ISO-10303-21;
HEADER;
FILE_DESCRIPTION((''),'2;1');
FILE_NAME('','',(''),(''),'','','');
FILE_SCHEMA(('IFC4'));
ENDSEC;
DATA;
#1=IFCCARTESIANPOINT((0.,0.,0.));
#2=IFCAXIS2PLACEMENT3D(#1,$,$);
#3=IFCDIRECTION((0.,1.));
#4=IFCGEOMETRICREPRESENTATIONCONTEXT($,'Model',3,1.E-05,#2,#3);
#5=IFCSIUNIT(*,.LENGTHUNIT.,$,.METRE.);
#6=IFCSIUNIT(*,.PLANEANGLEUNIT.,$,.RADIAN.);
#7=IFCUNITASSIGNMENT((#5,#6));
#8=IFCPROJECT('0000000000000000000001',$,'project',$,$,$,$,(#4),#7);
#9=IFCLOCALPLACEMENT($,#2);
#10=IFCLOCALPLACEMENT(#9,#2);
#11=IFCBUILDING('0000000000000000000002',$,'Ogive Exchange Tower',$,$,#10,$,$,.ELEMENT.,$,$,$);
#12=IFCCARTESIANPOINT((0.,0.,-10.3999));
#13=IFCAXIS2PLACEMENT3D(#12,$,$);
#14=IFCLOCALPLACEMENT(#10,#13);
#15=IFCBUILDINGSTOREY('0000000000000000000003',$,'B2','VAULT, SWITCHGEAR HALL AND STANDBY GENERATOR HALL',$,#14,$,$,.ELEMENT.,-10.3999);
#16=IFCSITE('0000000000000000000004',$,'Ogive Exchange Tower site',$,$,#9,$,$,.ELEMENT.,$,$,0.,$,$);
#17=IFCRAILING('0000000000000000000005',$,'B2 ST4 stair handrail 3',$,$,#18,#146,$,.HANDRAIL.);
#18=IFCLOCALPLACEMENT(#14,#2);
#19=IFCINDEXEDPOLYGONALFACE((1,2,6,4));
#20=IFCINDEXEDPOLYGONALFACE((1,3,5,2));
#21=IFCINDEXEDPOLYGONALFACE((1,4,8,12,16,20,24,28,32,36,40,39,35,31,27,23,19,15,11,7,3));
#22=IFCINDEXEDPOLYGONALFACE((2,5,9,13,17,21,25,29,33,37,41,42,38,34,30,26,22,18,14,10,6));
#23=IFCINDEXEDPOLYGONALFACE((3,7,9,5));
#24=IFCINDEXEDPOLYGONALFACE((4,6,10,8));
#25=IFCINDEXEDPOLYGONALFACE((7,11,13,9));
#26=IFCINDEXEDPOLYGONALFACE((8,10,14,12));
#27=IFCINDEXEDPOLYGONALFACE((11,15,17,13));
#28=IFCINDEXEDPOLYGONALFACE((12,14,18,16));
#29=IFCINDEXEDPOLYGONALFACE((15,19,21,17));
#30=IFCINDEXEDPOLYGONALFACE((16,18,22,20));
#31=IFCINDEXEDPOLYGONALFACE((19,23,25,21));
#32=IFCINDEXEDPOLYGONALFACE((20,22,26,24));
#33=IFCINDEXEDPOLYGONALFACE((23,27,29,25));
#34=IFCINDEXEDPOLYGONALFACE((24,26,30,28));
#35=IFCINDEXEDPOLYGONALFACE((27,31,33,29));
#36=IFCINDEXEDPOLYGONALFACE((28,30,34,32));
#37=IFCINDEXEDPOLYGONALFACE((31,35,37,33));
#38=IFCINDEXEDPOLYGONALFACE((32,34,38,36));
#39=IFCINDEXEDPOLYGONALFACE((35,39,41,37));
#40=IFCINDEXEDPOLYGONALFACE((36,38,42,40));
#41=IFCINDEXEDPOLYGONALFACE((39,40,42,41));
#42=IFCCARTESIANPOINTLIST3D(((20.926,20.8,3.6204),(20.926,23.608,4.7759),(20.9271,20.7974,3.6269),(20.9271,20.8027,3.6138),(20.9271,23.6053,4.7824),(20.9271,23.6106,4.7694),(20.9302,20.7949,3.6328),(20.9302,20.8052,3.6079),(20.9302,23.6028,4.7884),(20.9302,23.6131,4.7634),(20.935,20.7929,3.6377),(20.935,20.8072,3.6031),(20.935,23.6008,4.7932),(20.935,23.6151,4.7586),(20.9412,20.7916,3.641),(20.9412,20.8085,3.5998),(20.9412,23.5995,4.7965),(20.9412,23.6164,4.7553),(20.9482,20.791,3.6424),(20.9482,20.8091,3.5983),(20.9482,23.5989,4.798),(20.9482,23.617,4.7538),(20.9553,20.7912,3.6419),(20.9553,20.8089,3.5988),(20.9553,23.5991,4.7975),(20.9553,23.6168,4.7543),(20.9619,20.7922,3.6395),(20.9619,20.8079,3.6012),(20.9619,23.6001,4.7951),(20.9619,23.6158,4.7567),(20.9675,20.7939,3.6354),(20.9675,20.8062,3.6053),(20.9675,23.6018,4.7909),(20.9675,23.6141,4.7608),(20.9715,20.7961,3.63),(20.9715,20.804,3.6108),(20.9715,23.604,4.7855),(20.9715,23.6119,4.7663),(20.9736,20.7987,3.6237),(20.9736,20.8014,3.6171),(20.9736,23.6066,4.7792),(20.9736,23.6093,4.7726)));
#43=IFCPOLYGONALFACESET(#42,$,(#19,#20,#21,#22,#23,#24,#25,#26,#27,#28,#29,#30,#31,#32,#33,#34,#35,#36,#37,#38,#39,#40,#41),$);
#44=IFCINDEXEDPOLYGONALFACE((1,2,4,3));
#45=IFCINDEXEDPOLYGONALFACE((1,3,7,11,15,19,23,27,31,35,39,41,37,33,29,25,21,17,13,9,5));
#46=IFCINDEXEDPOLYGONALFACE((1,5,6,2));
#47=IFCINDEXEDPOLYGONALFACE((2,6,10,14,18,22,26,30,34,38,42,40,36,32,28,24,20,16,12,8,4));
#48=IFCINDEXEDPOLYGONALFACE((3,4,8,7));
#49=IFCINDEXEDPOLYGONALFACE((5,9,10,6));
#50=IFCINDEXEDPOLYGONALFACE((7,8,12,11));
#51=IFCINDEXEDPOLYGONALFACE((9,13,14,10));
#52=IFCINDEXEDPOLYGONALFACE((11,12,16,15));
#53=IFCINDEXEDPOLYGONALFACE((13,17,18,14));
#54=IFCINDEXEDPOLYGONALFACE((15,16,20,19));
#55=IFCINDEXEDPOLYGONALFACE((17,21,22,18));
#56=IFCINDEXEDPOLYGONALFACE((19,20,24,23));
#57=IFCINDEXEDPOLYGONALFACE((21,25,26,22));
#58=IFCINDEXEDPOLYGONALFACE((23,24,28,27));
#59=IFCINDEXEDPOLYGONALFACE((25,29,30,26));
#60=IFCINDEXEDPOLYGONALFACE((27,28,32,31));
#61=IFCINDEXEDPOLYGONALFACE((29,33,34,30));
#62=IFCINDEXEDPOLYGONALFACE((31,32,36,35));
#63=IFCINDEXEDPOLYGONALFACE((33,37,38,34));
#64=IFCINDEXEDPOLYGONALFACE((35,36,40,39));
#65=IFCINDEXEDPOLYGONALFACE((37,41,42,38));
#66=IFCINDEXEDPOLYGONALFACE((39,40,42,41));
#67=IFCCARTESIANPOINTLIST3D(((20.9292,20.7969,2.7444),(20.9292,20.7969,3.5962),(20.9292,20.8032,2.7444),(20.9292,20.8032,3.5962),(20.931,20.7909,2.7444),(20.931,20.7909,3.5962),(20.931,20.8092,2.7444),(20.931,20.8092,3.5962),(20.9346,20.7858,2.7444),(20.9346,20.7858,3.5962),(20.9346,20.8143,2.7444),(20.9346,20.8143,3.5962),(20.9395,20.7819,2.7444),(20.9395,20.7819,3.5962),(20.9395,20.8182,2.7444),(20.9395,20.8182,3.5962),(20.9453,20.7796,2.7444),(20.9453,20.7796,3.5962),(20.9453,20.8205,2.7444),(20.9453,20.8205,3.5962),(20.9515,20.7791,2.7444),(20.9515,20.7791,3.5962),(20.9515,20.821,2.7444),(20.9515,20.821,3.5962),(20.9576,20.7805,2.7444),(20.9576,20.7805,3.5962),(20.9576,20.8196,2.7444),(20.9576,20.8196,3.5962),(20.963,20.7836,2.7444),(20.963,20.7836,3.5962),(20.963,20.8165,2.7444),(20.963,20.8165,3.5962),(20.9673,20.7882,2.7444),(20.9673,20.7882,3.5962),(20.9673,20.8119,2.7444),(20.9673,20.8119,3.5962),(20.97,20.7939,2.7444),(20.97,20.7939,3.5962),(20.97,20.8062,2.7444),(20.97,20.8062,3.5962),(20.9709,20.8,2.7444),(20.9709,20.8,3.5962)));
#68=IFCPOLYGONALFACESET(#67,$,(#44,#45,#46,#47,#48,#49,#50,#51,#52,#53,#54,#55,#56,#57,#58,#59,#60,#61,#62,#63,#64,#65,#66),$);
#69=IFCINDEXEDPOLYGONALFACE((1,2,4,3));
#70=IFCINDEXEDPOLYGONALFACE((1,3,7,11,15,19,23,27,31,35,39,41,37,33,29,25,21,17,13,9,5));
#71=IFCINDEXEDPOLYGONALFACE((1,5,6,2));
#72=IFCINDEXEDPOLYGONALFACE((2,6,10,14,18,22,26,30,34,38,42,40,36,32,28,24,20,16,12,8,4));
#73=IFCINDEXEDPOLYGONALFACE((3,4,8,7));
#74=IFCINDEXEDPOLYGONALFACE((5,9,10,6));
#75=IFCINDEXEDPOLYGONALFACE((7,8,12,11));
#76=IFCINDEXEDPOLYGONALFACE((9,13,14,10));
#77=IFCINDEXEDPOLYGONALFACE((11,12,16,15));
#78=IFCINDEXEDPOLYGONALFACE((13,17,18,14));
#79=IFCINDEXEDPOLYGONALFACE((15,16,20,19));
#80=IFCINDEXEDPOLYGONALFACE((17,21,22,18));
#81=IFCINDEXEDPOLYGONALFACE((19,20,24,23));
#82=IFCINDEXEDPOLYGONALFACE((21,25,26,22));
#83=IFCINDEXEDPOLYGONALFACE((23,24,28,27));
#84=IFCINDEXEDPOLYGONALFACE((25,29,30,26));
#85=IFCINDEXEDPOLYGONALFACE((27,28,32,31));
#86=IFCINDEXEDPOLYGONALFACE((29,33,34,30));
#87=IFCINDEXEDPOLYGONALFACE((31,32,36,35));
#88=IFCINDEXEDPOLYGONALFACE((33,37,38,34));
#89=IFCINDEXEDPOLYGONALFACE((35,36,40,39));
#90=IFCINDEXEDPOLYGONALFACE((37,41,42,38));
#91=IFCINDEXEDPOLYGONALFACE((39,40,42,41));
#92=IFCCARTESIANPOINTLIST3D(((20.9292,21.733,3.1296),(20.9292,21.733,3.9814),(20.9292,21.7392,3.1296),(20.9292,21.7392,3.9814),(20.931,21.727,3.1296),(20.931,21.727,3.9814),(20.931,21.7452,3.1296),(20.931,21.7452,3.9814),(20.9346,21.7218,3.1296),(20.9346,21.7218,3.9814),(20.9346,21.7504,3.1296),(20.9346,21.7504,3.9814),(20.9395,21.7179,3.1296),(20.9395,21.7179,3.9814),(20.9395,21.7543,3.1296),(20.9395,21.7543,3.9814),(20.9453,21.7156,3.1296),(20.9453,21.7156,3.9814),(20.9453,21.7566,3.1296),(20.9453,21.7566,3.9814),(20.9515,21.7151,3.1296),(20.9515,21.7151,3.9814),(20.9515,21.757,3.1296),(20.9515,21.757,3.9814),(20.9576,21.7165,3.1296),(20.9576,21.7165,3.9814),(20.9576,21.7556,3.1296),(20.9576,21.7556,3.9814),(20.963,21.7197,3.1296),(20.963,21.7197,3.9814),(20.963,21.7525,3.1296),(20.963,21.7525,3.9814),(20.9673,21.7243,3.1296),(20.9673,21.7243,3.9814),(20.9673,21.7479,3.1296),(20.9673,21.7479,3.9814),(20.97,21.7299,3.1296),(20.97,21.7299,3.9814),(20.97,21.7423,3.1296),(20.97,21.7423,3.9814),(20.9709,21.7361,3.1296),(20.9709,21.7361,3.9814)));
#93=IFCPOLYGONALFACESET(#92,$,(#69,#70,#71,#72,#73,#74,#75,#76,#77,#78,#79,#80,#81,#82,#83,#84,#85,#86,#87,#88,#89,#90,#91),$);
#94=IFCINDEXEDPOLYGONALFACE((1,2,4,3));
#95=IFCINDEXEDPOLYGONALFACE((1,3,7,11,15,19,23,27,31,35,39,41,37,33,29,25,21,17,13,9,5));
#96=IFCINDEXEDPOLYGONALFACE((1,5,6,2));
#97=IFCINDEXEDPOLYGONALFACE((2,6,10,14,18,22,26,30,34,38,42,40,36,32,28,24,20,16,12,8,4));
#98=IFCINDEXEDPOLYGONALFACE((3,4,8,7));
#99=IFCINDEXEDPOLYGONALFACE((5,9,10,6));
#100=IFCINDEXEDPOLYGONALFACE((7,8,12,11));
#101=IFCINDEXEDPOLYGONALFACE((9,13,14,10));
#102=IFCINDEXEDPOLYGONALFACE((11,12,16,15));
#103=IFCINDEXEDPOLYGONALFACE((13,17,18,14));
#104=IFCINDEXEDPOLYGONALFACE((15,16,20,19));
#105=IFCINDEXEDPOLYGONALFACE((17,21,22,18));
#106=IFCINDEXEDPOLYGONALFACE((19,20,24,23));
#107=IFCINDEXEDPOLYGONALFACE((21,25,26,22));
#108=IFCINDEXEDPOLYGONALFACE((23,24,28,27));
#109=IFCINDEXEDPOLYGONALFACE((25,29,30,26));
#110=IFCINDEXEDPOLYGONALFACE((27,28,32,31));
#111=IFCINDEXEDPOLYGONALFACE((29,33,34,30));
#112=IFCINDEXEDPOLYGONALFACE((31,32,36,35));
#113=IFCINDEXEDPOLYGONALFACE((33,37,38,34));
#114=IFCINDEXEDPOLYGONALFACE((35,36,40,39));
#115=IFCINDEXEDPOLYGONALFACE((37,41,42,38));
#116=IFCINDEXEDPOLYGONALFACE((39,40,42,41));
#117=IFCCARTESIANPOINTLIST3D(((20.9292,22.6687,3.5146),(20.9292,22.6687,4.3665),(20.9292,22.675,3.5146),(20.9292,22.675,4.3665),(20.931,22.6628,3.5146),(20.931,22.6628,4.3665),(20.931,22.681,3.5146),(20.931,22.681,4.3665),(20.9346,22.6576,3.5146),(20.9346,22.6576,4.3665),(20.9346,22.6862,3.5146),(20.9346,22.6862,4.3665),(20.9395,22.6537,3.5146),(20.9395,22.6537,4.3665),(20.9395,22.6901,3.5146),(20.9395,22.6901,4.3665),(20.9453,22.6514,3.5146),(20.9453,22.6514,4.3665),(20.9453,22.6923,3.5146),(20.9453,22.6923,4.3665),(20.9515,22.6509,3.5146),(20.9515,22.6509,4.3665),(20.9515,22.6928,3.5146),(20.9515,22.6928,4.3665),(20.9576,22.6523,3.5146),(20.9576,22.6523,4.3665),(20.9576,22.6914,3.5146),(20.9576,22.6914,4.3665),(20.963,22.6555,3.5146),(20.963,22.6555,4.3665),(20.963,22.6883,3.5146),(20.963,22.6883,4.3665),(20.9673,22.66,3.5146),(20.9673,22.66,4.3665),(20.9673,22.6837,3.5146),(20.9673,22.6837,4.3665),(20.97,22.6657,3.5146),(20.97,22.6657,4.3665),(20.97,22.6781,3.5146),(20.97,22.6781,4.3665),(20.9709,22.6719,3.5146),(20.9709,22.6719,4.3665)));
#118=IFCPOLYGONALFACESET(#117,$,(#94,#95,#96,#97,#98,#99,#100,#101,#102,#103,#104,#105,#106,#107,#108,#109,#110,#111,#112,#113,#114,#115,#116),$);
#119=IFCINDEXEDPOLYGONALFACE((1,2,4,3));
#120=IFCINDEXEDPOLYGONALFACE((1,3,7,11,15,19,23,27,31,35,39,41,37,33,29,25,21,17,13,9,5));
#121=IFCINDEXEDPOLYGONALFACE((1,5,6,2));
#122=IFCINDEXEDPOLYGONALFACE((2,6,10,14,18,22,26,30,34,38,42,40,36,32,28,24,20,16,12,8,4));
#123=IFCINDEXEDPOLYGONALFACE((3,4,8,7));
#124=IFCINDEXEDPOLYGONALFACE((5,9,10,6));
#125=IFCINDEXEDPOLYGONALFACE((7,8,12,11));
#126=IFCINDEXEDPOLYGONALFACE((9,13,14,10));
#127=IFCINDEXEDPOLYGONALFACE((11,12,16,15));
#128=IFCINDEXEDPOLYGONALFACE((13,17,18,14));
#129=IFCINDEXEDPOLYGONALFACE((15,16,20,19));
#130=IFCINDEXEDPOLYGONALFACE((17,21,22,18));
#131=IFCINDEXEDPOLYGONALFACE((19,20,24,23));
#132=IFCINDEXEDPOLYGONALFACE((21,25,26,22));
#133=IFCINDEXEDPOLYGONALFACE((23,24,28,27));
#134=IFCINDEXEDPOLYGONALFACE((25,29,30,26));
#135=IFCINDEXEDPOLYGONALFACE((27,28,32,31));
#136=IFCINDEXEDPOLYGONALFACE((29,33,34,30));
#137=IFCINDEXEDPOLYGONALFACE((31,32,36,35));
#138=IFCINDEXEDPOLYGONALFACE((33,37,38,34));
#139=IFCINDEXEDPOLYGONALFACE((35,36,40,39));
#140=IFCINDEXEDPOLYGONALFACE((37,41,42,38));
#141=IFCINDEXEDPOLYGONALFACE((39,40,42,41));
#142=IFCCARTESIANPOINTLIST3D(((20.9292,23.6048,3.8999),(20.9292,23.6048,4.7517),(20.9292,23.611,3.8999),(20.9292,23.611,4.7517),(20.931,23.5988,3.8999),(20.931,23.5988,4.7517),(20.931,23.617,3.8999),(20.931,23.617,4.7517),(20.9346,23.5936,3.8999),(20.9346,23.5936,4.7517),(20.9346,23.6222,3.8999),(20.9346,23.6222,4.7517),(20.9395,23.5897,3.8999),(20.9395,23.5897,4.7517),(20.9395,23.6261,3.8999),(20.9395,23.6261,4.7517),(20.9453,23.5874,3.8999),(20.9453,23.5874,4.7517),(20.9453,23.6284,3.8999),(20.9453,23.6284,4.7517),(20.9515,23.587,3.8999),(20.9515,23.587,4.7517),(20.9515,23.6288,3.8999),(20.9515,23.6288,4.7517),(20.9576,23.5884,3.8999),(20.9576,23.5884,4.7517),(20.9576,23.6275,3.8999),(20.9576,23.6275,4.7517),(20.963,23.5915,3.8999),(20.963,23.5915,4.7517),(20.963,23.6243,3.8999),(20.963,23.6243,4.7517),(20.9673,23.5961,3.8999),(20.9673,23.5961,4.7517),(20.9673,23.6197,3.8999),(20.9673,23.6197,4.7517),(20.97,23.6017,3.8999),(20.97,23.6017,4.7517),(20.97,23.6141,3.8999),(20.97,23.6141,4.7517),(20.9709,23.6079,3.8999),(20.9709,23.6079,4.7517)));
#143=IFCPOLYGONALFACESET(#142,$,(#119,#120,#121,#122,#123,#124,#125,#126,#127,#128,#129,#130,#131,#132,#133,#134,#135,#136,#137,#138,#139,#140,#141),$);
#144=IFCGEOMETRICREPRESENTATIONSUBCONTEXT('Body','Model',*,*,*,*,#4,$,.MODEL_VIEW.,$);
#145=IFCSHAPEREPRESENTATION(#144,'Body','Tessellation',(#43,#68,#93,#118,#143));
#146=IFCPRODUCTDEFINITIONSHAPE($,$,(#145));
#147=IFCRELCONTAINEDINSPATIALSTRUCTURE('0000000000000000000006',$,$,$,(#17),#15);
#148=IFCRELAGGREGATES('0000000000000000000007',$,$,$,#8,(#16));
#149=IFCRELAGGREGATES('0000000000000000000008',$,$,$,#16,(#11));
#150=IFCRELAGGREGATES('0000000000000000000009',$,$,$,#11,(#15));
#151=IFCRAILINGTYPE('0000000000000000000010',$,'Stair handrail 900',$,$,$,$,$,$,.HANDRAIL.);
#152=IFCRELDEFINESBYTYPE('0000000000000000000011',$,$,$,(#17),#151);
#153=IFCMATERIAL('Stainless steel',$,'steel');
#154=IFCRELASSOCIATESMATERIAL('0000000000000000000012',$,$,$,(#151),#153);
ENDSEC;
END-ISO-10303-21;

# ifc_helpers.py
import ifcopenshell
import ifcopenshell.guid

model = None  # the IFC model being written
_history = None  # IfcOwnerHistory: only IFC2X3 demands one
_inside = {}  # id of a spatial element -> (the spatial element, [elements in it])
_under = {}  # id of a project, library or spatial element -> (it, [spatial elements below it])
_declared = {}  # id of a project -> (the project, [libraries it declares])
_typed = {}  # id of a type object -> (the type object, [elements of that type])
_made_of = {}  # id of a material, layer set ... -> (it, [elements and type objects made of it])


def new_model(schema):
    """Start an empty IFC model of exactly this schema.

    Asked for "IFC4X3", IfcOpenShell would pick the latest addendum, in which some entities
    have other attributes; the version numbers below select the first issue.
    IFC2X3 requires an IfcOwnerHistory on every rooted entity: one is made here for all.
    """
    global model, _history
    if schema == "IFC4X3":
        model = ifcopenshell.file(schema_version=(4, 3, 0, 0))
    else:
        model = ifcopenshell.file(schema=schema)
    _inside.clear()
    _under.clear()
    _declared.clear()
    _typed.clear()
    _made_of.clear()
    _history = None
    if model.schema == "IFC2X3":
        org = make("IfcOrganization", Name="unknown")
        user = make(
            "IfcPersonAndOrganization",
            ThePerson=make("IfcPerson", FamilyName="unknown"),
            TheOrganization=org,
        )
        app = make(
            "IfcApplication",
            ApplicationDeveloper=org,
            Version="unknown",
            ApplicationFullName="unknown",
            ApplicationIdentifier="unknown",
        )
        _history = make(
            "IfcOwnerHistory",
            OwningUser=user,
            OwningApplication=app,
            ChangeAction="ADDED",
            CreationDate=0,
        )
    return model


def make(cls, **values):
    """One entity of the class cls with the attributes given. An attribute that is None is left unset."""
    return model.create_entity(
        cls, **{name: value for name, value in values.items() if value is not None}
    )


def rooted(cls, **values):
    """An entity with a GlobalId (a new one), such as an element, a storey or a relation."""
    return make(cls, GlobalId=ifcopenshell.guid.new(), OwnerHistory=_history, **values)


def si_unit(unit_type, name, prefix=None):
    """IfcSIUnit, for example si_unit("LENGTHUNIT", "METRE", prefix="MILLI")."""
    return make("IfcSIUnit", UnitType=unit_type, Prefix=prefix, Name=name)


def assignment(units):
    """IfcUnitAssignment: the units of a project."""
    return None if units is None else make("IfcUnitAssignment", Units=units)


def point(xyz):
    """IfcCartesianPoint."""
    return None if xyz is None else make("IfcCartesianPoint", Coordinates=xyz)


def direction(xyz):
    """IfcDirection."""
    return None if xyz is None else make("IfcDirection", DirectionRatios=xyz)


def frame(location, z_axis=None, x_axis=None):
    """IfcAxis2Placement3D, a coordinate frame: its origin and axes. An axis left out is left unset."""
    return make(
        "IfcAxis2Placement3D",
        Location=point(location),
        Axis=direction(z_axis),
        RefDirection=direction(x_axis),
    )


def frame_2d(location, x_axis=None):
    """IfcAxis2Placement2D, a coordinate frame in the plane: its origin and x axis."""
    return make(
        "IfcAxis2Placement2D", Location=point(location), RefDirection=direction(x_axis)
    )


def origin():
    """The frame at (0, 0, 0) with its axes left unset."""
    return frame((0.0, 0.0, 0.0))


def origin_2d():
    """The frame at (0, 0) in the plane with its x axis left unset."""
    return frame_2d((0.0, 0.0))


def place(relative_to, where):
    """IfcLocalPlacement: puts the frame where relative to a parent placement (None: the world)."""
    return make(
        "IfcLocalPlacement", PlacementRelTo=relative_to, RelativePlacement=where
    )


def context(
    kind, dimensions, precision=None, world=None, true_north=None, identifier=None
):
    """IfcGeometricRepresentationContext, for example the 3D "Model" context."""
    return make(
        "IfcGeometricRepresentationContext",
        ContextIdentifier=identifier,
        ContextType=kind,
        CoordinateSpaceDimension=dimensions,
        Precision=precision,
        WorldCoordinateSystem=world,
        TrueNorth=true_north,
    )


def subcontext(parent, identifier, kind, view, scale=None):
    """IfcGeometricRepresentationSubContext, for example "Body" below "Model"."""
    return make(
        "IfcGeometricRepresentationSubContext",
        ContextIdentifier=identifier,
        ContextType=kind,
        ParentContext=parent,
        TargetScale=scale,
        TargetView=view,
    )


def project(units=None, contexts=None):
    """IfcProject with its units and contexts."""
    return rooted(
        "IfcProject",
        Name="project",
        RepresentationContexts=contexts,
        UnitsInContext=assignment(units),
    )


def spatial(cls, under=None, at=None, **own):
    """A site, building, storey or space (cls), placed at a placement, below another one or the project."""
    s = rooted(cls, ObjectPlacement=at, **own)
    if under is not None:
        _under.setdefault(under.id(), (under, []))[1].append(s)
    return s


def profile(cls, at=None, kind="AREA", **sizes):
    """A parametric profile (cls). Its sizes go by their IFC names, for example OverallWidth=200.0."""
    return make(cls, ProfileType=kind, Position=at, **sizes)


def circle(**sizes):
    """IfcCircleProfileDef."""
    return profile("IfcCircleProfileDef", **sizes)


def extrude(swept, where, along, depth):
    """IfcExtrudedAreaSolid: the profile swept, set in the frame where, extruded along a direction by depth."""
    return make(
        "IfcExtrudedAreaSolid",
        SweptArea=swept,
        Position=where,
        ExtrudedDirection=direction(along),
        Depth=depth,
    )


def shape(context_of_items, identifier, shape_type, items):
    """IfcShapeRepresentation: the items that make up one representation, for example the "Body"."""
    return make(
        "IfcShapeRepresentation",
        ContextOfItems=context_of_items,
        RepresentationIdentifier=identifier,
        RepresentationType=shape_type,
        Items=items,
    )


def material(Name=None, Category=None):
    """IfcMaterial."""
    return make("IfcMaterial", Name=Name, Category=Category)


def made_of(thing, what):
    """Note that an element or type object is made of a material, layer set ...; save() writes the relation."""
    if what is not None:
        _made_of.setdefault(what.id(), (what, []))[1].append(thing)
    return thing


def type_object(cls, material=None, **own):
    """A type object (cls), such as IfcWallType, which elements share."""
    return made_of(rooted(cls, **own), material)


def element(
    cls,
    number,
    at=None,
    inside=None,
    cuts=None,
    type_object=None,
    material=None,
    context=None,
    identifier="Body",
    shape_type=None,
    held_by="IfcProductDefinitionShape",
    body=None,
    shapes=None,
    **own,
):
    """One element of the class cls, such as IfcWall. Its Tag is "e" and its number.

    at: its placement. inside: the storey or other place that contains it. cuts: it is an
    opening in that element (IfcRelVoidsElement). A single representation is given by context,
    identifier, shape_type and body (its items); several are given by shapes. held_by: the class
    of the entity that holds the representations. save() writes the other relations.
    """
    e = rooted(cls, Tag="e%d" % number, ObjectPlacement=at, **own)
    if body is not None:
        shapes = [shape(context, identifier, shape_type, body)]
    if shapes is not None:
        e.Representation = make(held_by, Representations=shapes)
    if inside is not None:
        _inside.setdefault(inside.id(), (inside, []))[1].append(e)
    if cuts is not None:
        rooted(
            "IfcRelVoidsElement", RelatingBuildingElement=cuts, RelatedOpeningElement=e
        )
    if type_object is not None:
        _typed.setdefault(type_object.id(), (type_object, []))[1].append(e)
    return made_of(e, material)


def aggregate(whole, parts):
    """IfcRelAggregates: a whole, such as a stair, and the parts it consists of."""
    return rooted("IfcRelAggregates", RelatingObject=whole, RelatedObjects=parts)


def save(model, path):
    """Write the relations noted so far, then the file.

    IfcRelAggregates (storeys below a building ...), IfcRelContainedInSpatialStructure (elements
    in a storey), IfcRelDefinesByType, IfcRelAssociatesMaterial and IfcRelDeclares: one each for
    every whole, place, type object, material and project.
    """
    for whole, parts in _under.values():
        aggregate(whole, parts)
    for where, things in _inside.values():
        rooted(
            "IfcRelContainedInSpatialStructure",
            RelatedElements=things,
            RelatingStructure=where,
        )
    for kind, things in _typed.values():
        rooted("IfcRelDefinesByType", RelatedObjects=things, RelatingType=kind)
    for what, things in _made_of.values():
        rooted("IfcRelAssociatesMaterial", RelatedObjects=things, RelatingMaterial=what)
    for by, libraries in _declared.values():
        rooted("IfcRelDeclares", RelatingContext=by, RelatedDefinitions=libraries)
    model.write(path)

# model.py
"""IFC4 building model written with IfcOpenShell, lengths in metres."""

from ifc_helpers import new_model, si_unit, direction, frame, origin, origin_2d, place, context, subcontext, project, spatial, circle, extrude, material, type_object, element, save


model = new_model("IFC4")

# Units and contexts
model_context = context("Model", 3, precision=1e-05, world=origin(), true_north=direction((0.0, 1.0)))
body_context = subcontext(model_context, "Body", "Model", "MODEL_VIEW")
ifc_project = project(units=[si_unit("LENGTHUNIT", "METRE"), si_unit("PLANEANGLEUNIT", "RADIAN")], contexts=[model_context])

# Site, building, storey
site_placement = place(None, origin())
site = spatial("IfcSite", under=ifc_project, at=site_placement, Name="Ogive Exchange Tower site", CompositionType="ELEMENT", RefElevation=0.0)
building_placement = place(site_placement, origin())
building = spatial("IfcBuilding", under=site, at=building_placement, Name="Ogive Exchange Tower", CompositionType="ELEMENT")
storey_placement = place(building_placement, frame((0.0, 0.0, -10.3999)))
storey = spatial("IfcBuildingStorey", under=building, at=storey_placement, Name="B2", Description="VAULT, SWITCHGEAR HALL AND STANDBY GENERATOR HALL", CompositionType="ELEMENT", Elevation=-10.3999)

# Railing
ifc_material_1 = material(Name="Stainless steel", Category="steel")
railing_type = type_object("IfcRailingType", Name="Stair handrail 900", PredefinedType="HANDRAIL", material=ifc_material_1)
railing_1_placement = place(storey_placement, frame((20.95, 20.8, 2.7444)))
element("IfcRailing", 1, at=railing_1_placement, inside=storey, type_object=railing_type, Name="B2 ST4 stair handrail 3", PredefinedType="HANDRAIL", context=body_context, shape_type="SweptSolid", body=[
    extrude(circle(Radius=0.0239, at=origin_2d()), frame((0.0, 0.0, 0.876), z_axis=(0.0, 0.924755, 0.380564), x_axis=(-1.0, 0.0, 0.0)), (0.0, 0.0, 1.0), 3.0364),
    extrude(circle(Radius=0.021, at=origin_2d()), origin(), (0.0, 0.0, 1.0), 0.8518),
    extrude(circle(Radius=0.021, at=origin_2d()), frame((0.0, 0.936, 0.3853)), (0.0, 0.0, 1.0), 0.8518),
    extrude(circle(Radius=0.021, at=origin_2d()), frame((0.0, 1.8718, 0.7703)), (0.0, 0.0, 1.0), 0.8518),
    extrude(circle(Radius=0.021, at=origin_2d()), frame((0.0, 2.8079, 1.1555)), (0.0, 0.0, 1.0), 0.8518),
])

save(model, "model.ifc")
